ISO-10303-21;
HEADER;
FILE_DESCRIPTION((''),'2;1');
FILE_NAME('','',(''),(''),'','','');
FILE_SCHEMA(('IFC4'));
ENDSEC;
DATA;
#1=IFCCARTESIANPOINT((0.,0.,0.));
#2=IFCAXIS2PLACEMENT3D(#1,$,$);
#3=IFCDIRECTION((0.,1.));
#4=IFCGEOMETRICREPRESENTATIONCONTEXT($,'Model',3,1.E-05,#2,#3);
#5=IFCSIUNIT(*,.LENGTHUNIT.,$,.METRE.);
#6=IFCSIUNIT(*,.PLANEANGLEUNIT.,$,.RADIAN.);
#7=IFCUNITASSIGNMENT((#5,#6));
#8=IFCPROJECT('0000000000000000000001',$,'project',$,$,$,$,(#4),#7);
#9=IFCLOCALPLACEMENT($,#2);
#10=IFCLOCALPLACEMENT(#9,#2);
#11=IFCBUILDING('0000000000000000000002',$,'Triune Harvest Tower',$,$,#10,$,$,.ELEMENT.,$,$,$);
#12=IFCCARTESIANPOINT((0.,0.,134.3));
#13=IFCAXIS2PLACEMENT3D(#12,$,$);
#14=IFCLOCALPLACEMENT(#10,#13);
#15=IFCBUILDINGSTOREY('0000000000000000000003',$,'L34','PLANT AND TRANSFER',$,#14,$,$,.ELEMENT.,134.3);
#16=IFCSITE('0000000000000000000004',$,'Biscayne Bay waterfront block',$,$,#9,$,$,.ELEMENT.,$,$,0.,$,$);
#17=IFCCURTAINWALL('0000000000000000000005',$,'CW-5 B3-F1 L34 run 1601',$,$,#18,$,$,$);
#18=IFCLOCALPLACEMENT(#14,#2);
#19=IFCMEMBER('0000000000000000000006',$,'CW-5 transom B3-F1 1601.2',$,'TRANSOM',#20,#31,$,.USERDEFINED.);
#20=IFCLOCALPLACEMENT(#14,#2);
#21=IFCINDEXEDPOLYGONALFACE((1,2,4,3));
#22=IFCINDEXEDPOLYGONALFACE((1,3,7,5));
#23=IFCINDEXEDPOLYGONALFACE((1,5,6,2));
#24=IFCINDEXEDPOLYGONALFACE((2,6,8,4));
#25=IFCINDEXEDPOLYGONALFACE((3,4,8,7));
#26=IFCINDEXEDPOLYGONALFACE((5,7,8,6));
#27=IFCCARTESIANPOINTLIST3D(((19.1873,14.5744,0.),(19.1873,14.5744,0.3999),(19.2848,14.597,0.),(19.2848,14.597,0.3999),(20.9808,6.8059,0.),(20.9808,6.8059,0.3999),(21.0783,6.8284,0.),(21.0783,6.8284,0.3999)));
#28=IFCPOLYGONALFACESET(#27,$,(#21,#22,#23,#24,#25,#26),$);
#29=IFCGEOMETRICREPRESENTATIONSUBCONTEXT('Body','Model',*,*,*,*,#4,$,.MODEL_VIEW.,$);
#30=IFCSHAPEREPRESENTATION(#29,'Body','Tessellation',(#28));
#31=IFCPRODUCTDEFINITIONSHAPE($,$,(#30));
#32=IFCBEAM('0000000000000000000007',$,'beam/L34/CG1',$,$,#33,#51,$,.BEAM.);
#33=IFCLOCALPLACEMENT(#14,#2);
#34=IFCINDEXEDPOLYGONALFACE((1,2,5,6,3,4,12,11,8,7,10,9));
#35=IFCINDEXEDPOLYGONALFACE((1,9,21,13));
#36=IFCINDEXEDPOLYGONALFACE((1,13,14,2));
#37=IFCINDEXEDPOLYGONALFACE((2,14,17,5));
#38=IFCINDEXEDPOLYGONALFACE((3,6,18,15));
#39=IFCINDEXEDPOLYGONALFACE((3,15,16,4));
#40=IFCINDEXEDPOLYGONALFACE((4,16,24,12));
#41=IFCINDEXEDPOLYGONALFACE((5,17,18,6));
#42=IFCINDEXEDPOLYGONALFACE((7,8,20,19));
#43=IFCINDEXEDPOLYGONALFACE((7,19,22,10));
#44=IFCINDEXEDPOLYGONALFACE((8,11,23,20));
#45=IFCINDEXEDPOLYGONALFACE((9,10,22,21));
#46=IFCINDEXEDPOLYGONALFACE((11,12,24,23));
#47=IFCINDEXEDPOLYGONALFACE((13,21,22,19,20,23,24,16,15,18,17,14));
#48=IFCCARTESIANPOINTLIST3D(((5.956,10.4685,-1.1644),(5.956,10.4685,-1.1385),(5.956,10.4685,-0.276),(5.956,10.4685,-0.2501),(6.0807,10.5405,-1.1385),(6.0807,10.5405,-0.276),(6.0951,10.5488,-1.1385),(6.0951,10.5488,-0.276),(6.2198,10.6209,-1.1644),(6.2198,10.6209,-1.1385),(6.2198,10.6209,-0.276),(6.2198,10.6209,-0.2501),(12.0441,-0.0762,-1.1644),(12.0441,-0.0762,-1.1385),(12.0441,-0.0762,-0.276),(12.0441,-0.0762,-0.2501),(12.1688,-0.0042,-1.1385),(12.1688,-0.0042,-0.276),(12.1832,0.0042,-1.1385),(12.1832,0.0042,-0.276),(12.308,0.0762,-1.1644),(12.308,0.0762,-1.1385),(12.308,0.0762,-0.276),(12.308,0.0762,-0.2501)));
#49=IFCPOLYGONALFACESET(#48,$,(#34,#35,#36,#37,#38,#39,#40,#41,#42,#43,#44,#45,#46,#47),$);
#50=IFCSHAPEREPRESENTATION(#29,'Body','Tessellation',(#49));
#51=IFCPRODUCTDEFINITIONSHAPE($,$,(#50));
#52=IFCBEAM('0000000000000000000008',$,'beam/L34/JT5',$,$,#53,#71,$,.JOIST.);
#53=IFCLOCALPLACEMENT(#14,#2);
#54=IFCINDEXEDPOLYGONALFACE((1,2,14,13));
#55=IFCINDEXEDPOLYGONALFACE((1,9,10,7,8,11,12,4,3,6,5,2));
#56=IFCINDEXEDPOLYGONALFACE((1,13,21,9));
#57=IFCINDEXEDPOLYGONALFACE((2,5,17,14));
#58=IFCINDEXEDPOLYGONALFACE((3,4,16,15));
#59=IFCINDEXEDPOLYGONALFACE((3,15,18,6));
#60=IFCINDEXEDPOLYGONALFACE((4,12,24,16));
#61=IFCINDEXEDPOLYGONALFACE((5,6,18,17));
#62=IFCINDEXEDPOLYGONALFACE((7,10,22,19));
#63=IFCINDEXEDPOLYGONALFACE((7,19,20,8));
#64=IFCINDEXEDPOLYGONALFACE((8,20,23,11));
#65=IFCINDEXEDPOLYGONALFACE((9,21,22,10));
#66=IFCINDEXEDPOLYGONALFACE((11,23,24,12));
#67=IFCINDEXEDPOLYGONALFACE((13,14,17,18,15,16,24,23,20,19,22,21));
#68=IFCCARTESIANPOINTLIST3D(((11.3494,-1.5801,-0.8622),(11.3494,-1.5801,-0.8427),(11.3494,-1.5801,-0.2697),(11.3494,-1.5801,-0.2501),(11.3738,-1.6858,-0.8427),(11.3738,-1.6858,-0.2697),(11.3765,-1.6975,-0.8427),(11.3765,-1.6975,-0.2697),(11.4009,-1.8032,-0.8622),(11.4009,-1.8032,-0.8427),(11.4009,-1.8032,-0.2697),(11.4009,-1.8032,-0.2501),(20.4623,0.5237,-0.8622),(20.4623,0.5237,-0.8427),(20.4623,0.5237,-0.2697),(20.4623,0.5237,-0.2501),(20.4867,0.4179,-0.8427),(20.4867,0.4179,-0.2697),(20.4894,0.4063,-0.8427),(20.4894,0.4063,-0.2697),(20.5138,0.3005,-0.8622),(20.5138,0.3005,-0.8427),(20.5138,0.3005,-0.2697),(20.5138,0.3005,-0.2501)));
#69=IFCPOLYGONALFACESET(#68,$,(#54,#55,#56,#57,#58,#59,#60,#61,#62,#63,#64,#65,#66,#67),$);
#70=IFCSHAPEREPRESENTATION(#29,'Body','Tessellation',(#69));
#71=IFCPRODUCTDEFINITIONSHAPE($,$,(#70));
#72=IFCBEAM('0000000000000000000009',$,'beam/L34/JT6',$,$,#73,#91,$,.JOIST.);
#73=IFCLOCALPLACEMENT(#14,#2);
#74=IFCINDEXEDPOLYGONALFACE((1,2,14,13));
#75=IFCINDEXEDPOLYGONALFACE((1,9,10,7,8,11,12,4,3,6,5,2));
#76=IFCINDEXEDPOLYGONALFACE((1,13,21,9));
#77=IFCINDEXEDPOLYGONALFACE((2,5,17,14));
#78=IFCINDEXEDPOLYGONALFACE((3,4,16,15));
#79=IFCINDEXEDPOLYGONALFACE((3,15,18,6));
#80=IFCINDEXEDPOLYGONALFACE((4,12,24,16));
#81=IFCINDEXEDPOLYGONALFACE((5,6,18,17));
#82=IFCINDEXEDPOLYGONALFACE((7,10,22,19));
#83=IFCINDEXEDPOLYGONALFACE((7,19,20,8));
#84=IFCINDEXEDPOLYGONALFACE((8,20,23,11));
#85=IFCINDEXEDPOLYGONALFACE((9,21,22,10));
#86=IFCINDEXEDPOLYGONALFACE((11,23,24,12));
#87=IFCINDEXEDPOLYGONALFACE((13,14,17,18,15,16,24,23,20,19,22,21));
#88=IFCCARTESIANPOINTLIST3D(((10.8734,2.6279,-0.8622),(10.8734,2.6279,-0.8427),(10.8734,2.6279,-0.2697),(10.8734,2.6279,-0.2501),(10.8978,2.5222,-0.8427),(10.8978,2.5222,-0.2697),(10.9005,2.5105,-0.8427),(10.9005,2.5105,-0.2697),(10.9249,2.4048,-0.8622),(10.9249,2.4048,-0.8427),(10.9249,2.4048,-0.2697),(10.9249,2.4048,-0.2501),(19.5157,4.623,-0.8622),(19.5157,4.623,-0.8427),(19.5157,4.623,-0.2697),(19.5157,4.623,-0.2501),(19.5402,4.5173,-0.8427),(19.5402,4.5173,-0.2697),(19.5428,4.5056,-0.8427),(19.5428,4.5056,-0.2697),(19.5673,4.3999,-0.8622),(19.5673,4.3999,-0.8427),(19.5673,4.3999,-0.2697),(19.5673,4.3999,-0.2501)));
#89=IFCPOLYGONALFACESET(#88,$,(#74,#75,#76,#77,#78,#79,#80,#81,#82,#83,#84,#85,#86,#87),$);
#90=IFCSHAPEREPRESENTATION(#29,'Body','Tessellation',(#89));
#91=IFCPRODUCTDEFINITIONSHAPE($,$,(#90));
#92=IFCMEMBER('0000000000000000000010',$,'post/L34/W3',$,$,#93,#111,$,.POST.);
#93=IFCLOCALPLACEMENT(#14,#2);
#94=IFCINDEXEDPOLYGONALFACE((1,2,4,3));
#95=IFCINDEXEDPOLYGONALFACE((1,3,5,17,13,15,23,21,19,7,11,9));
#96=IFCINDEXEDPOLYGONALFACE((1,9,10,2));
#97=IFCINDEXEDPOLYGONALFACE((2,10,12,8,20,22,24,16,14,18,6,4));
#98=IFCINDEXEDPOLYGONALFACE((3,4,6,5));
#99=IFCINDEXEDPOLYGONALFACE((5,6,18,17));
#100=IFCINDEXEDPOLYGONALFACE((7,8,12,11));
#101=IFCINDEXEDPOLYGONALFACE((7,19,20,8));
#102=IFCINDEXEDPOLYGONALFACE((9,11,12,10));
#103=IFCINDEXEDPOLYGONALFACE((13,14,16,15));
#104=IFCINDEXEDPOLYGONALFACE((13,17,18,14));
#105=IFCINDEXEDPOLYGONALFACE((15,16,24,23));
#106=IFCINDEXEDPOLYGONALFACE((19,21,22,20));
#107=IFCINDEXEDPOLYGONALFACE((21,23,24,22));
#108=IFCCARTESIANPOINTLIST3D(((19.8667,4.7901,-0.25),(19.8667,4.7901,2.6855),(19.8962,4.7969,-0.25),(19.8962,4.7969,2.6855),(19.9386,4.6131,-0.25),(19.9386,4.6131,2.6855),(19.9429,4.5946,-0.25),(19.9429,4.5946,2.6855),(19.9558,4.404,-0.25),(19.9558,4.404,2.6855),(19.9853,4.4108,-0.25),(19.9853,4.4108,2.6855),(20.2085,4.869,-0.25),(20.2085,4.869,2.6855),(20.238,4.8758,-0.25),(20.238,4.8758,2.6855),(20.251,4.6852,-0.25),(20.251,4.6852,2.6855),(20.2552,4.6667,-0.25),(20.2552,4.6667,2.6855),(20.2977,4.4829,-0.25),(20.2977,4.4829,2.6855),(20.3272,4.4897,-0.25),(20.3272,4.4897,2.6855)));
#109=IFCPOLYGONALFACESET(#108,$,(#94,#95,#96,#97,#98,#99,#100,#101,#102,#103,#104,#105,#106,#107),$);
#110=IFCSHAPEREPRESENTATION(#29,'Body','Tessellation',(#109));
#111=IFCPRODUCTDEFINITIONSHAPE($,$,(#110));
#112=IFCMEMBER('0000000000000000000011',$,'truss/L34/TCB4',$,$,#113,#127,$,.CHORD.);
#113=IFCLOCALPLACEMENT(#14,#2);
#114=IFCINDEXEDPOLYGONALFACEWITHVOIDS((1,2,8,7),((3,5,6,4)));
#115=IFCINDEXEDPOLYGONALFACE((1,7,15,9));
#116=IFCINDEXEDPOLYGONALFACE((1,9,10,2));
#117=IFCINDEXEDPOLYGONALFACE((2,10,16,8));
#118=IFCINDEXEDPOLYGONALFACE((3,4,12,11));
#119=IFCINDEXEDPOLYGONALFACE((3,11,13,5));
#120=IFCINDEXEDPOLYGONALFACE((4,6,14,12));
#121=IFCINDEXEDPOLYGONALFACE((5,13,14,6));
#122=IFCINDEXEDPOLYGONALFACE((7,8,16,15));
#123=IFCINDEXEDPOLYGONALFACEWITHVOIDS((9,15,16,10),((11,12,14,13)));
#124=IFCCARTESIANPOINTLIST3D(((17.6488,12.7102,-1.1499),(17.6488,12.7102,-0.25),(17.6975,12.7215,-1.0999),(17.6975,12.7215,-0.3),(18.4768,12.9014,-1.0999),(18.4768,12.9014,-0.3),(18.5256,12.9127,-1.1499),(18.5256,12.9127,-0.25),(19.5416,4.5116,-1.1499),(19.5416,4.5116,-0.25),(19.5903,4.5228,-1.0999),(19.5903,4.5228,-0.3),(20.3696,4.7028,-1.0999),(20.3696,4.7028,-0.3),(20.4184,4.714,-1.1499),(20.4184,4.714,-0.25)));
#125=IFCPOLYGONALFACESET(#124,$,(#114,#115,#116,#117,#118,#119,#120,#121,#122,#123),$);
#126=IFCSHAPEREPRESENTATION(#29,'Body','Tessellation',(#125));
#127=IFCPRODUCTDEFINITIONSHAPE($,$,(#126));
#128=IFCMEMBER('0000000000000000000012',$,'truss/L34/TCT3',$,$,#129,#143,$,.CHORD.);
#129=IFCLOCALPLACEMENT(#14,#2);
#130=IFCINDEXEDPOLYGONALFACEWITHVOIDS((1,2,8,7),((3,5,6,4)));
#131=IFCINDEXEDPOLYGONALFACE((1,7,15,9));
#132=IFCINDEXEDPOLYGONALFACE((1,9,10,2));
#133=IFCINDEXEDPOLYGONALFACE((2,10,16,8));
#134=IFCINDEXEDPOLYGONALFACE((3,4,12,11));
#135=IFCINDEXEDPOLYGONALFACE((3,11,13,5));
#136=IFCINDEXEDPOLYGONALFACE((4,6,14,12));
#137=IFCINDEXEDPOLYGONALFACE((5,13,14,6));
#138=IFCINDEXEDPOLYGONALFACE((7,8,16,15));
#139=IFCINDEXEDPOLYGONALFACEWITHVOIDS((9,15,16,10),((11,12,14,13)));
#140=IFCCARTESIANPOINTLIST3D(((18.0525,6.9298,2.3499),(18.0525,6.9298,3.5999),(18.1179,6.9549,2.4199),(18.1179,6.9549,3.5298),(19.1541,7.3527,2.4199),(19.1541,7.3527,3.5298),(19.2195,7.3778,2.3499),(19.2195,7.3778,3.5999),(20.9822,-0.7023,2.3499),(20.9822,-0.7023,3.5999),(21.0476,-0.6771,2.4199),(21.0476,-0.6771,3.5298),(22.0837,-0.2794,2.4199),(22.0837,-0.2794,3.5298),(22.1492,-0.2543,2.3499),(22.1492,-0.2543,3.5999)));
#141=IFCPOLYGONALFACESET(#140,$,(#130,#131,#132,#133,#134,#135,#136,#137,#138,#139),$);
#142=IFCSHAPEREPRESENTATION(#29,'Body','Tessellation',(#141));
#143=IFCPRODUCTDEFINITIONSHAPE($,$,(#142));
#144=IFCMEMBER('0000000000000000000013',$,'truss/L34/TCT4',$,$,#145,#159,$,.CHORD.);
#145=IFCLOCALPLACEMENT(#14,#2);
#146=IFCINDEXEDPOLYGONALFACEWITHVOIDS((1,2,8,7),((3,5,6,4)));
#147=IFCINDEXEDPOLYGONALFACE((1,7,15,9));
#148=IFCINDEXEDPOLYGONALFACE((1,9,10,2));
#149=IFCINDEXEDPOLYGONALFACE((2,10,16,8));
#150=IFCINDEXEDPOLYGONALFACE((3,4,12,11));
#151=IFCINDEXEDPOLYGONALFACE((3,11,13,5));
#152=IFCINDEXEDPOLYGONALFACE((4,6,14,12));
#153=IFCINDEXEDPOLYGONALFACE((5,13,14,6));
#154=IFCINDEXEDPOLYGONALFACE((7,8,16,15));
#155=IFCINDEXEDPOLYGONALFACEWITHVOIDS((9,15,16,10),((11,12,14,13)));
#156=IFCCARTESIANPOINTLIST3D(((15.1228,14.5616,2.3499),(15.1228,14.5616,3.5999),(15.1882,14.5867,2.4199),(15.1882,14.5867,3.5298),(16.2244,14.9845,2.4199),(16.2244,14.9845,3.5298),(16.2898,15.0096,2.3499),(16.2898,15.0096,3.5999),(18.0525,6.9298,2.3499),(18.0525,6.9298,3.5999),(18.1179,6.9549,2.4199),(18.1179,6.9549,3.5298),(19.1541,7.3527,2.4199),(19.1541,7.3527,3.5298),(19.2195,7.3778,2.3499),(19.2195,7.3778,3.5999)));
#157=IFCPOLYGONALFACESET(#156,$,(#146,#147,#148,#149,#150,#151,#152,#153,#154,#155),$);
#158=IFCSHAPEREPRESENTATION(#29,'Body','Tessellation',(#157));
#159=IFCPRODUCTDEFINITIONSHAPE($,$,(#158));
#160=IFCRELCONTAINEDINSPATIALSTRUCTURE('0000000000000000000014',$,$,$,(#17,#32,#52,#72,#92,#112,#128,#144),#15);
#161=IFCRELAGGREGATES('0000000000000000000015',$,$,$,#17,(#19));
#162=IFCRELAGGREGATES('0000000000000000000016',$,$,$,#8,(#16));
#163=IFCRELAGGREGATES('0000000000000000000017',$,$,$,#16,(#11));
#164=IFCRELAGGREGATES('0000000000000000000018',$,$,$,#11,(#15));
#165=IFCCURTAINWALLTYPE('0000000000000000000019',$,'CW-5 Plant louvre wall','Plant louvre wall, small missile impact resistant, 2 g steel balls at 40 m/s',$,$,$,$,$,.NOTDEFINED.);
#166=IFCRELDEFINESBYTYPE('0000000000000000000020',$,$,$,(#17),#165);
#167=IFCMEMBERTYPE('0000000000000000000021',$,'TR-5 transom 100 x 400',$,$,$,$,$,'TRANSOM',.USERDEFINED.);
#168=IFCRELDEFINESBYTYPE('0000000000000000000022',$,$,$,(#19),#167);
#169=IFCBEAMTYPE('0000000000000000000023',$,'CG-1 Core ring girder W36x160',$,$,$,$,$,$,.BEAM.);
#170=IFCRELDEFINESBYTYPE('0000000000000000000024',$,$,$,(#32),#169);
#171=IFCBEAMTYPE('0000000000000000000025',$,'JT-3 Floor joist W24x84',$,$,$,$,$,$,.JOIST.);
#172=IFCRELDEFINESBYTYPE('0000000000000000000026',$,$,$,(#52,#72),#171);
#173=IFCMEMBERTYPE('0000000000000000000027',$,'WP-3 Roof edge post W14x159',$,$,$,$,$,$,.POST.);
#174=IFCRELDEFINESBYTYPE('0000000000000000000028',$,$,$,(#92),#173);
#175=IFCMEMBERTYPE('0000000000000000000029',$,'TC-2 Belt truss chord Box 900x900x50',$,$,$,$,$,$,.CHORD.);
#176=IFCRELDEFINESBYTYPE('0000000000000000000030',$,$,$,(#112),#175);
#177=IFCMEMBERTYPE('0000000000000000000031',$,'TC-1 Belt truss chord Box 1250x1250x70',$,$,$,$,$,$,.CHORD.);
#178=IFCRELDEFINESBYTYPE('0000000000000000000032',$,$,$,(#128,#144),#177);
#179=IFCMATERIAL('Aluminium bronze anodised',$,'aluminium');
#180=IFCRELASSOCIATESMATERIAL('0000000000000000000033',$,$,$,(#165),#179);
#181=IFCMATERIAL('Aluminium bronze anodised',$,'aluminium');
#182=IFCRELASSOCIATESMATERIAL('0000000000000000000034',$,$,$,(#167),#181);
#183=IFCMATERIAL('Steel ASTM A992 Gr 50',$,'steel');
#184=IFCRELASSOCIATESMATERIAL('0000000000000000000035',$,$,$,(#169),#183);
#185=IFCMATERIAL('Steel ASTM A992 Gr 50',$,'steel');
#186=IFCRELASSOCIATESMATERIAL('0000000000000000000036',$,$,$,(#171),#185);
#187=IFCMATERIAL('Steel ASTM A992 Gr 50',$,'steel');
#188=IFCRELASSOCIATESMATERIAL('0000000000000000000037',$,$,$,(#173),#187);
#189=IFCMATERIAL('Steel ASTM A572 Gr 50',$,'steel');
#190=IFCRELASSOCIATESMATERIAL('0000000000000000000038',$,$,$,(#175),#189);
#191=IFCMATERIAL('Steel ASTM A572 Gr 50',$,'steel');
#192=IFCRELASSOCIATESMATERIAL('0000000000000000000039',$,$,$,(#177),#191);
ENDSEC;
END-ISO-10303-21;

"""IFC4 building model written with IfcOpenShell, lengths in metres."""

from ifc_helpers import new_model, si_unit, direction, frame, origin, origin_2d, place, context, subcontext, project, spatial, rectangle, hollow_rectangle, i_section, extrude, source, transform, mapped, material, material_profile, profile_set, type_object, element, aggregate, save


model = new_model("IFC4")

# Units and contexts
model_context = context("Model", 3, precision=1e-05, world=origin(), true_north=direction((0.0, 1.0)))
body_context = subcontext(model_context, "Body", "Model", "MODEL_VIEW")
ifc_project = project(units=[si_unit("LENGTHUNIT", "METRE"), si_unit("PLANEANGLEUNIT", "RADIAN")], contexts=[model_context])

# Site, building, storey
site_placement = place(None, origin())
site = spatial("IfcSite", under=ifc_project, at=site_placement, Name="Biscayne Bay waterfront block", CompositionType="ELEMENT", RefElevation=0.0)
building_placement = place(site_placement, origin())
building = spatial("IfcBuilding", under=site, at=building_placement, Name="Triune Harvest Tower", CompositionType="ELEMENT")
storey_placement = place(building_placement, frame((0.0, 0.0, 134.3)))
storey = spatial("IfcBuildingStorey", under=building, at=storey_placement, Name="L34", Description="PLANT AND TRANSFER", CompositionType="ELEMENT", Elevation=134.3)

# Curtain wall, member
ifc_material_1 = material(Name="Aluminium bronze anodised", Category="aluminium")
curtain_wall_type = type_object("IfcCurtainWallType", Name="CW-5 Plant louvre wall", Description="Plant louvre wall, small missile impact resistant, 2 g steel balls at 40 m/s", PredefinedType="NOTDEFINED", material=ifc_material_1)
curtain_wall_1_placement = place(storey_placement, origin())
curtain_wall_1 = element("IfcCurtainWall", 1, at=curtain_wall_1_placement, inside=storey, type_object=curtain_wall_type, Name="CW-5 B3-F1 L34 run 1601")
ifc_material_2 = material(Name="Aluminium bronze anodised", Category="aluminium")
ifc_material_profile_1 = material_profile(ifc_material_2, rectangle(XDim=0.1001, YDim=0.3999, at=origin_2d()), Name="TR-5 transom 100 x 400")
ifc_profile_set_1 = profile_set([ifc_material_profile_1], Name="Aluminium bronze anodised")
member_type_1 = type_object("IfcMemberType", Name="TR-5 transom 100 x 400", ElementType="TRANSOM", PredefinedType="USERDEFINED", material=ifc_profile_set_1)
member_1_placement = place(storey_placement, frame((21.0295, 6.8171, 0.2), z_axis=(-0.224944, 0.974372, 0.0), x_axis=(-0.974372, -0.224944, 0.0)))
member_1 = element("IfcMember", 2, at=member_1_placement, type_object=member_type_1, Name="CW-5 transom B3-F1 1601.2", ObjectType="TRANSOM", PredefinedType="USERDEFINED", context=body_context, shape_type="SweptSolid", body=[
    extrude(rectangle(XDim=0.1001, YDim=0.3999, at=origin_2d()), origin(), (0.0, 0.0, 1.0), 7.9729),
])

# Beams
ifc_material_3 = material(Name="Steel ASTM A992 Gr 50", Category="steel")
ifc_material_profile_2 = material_profile(ifc_material_3, i_section(OverallWidth=0.3047, OverallDepth=0.9143, WebThickness=0.0166, FlangeThickness=0.0259, at=origin_2d()), Name="W36x160")
ifc_profile_set_2 = profile_set([ifc_material_profile_2], Name="Steel ASTM A992 Gr 50")
beam_type_1 = type_object("IfcBeamType", Name="CG-1 Core ring girder W36x160", PredefinedType="BEAM", material=ifc_profile_set_2)
shared_shape_1 = source(origin(), body_context, "Body", "SweptSolid", [
    extrude(i_section(OverallWidth=0.3047, OverallDepth=0.9143, WebThickness=0.0166, FlangeThickness=0.0259, at=origin_2d()), origin(), (0.0, 0.0, 1.0), 12.176),
])
beam_1_placement = place(storey_placement, frame((12.176, 0.0, -0.7073), z_axis=(-0.50001, 0.86602, 0.0), x_axis=(-0.86602, -0.50001, 0.0)))
element("IfcBeam", 3, at=beam_1_placement, inside=storey, type_object=beam_type_1, Name="beam/L34/CG1", PredefinedType="BEAM", context=body_context, shape_type="MappedRepresentation", body=[
    mapped(shared_shape_1, transform((0.0, 0.0, 0.0), scale=1.0)),
])
ifc_material_4 = material(Name="Steel ASTM A992 Gr 50", Category="steel")
ifc_material_profile_3 = material_profile(ifc_material_4, i_section(OverallWidth=0.229, OverallDepth=0.6121, WebThickness=0.012, FlangeThickness=0.0195, at=origin_2d()), Name="W24x84")
ifc_profile_set_3 = profile_set([ifc_material_profile_3], Name="Steel ASTM A992 Gr 50")
beam_type_2 = type_object("IfcBeamType", Name="JT-3 Floor joist W24x84", PredefinedType="JOIST", material=ifc_profile_set_3)
shared_shape_2 = source(origin(), body_context, "Body", "SweptSolid", [
    extrude(i_section(OverallWidth=0.229, OverallDepth=0.6121, WebThickness=0.012, FlangeThickness=0.0195, at=origin_2d()), origin(), (0.0, 0.0, 1.0), 9.3525),
])
beam_2_placement = place(storey_placement, frame((20.488, 0.4121, -0.5562), z_axis=(-0.974372, -0.224941, 0.0), x_axis=(0.224941, -0.974372, 0.0)))
element("IfcBeam", 4, at=beam_2_placement, inside=storey, type_object=beam_type_2, Name="beam/L34/JT5", PredefinedType="JOIST", context=body_context, shape_type="MappedRepresentation", body=[
    mapped(shared_shape_2, transform((0.0, 0.0, 0.0), scale=1.0)),
])
shared_shape_3 = source(origin(), body_context, "Body", "SweptSolid", [
    extrude(i_section(OverallWidth=0.229, OverallDepth=0.6121, WebThickness=0.012, FlangeThickness=0.0195, at=origin_2d()), origin(), (0.0, 0.0, 1.0), 8.8696),
])
beam_3_placement = place(storey_placement, frame((19.5415, 4.5115, -0.5562), z_axis=(-0.974373, -0.224938, 0.0), x_axis=(0.224938, -0.974373, 0.0)))
element("IfcBeam", 5, at=beam_3_placement, inside=storey, type_object=beam_type_2, Name="beam/L34/JT6", PredefinedType="JOIST", context=body_context, shape_type="MappedRepresentation", body=[
    mapped(shared_shape_3, transform((0.0, 0.0, 0.0), scale=1.0)),
])

# Members
ifc_material_5 = material(Name="Steel ASTM A992 Gr 50", Category="steel")
ifc_material_profile_4 = material_profile(ifc_material_5, i_section(OverallWidth=0.3962, OverallDepth=0.3811, WebThickness=0.019, FlangeThickness=0.0303, at=origin_2d()), Name="W14x159")
ifc_profile_set_4 = profile_set([ifc_material_profile_4], Name="Steel ASTM A992 Gr 50")
member_type_2 = type_object("IfcMemberType", Name="WP-3 Roof edge post W14x159", PredefinedType="POST", material=ifc_profile_set_4)
shared_shape_4 = source(origin(), body_context, "Body", "SweptSolid", [
    extrude(i_section(OverallWidth=0.3962, OverallDepth=0.3811, WebThickness=0.019, FlangeThickness=0.0303, at=origin_2d()), origin(), (0.0, 0.0, 1.0), 2.9355),
])
member_2_placement = place(storey_placement, frame((20.0969, 4.6399, -0.25), z_axis=(0.0, 0.0, 1.0), x_axis=(-0.224953, 0.97437, 0.0)))
element("IfcMember", 6, at=member_2_placement, inside=storey, type_object=member_type_2, Name="post/L34/W3", PredefinedType="POST", context=body_context, shape_type="MappedRepresentation", body=[
    mapped(shared_shape_4, transform((0.0, 0.0, 0.0), scale=1.0)),
])
ifc_material_6 = material(Name="Steel ASTM A572 Gr 50", Category="steel")
ifc_material_profile_5 = material_profile(ifc_material_6, hollow_rectangle(XDim=0.8999, YDim=0.8999, WallThickness=0.05, at=origin_2d()), Name="Box 900x900x50")
ifc_profile_set_5 = profile_set([ifc_material_profile_5], Name="Steel ASTM A572 Gr 50")
member_type_3 = type_object("IfcMemberType", Name="TC-2 Belt truss chord Box 900x900x50", PredefinedType="CHORD", material=ifc_profile_set_5)
shared_shape_5 = source(origin(), body_context, "Body", "SweptSolid", [
    extrude(hollow_rectangle(XDim=0.8999, YDim=0.8999, WallThickness=0.05, at=origin_2d()), origin(), (0.0, 0.0, 1.0), 8.4143),
])
member_3_placement = place(storey_placement, frame((19.98, 4.6128, -0.7), z_axis=(-0.224951, 0.97437, 0.0), x_axis=(-0.97437, -0.224951, 0.0)))
element("IfcMember", 7, at=member_3_placement, inside=storey, type_object=member_type_3, Name="truss/L34/TCB4", PredefinedType="CHORD", context=body_context, shape_type="MappedRepresentation", body=[
    mapped(shared_shape_5, transform((0.0, 0.0, 0.0), scale=1.0)),
])
ifc_material_7 = material(Name="Steel ASTM A572 Gr 50", Category="steel")
ifc_material_profile_6 = material_profile(ifc_material_7, hollow_rectangle(XDim=1.25, YDim=1.25, WallThickness=0.0701, at=origin_2d()), Name="Box 1250x1250x70")
ifc_profile_set_6 = profile_set([ifc_material_profile_6], Name="Steel ASTM A572 Gr 50")
member_type_4 = type_object("IfcMemberType", Name="TC-1 Belt truss chord Box 1250x1250x70", PredefinedType="CHORD", material=ifc_profile_set_6)
shared_shape_6 = source(origin(), body_context, "Body", "SweptSolid", [
    extrude(hollow_rectangle(XDim=1.25, YDim=1.25, WallThickness=0.0701, at=origin_2d()), origin(), (0.0, 0.0, 1.0), 8.175),
])
member_4_placement = place(storey_placement, frame((21.5657, -0.4783, 2.9749), z_axis=(-0.358369, 0.93358, 0.0), x_axis=(-0.93358, -0.358369, 0.0)))
element("IfcMember", 8, at=member_4_placement, inside=storey, type_object=member_type_4, Name="truss/L34/TCT3", PredefinedType="CHORD", context=body_context, shape_type="MappedRepresentation", body=[
    mapped(shared_shape_6, transform((0.0, 0.0, 0.0), scale=1.0)),
])
shared_shape_7 = source(origin(), body_context, "Body", "SweptSolid", [
    extrude(hollow_rectangle(XDim=1.25, YDim=1.25, WallThickness=0.0701, at=origin_2d()), origin(), (0.0, 0.0, 1.0), 8.1748),
])
member_5_placement = place(storey_placement, frame((18.636, 7.1538, 2.9749), z_axis=(-0.358379, 0.933576, 0.0), x_axis=(-0.933576, -0.358379, 0.0)))
element("IfcMember", 9, at=member_5_placement, inside=storey, type_object=member_type_4, Name="truss/L34/TCT4", PredefinedType="CHORD", context=body_context, shape_type="MappedRepresentation", body=[
    mapped(shared_shape_7, transform((0.0, 0.0, 0.0), scale=1.0)),
])

aggregate(curtain_wall_1, [member_1])

save(model, "model.ifc")
